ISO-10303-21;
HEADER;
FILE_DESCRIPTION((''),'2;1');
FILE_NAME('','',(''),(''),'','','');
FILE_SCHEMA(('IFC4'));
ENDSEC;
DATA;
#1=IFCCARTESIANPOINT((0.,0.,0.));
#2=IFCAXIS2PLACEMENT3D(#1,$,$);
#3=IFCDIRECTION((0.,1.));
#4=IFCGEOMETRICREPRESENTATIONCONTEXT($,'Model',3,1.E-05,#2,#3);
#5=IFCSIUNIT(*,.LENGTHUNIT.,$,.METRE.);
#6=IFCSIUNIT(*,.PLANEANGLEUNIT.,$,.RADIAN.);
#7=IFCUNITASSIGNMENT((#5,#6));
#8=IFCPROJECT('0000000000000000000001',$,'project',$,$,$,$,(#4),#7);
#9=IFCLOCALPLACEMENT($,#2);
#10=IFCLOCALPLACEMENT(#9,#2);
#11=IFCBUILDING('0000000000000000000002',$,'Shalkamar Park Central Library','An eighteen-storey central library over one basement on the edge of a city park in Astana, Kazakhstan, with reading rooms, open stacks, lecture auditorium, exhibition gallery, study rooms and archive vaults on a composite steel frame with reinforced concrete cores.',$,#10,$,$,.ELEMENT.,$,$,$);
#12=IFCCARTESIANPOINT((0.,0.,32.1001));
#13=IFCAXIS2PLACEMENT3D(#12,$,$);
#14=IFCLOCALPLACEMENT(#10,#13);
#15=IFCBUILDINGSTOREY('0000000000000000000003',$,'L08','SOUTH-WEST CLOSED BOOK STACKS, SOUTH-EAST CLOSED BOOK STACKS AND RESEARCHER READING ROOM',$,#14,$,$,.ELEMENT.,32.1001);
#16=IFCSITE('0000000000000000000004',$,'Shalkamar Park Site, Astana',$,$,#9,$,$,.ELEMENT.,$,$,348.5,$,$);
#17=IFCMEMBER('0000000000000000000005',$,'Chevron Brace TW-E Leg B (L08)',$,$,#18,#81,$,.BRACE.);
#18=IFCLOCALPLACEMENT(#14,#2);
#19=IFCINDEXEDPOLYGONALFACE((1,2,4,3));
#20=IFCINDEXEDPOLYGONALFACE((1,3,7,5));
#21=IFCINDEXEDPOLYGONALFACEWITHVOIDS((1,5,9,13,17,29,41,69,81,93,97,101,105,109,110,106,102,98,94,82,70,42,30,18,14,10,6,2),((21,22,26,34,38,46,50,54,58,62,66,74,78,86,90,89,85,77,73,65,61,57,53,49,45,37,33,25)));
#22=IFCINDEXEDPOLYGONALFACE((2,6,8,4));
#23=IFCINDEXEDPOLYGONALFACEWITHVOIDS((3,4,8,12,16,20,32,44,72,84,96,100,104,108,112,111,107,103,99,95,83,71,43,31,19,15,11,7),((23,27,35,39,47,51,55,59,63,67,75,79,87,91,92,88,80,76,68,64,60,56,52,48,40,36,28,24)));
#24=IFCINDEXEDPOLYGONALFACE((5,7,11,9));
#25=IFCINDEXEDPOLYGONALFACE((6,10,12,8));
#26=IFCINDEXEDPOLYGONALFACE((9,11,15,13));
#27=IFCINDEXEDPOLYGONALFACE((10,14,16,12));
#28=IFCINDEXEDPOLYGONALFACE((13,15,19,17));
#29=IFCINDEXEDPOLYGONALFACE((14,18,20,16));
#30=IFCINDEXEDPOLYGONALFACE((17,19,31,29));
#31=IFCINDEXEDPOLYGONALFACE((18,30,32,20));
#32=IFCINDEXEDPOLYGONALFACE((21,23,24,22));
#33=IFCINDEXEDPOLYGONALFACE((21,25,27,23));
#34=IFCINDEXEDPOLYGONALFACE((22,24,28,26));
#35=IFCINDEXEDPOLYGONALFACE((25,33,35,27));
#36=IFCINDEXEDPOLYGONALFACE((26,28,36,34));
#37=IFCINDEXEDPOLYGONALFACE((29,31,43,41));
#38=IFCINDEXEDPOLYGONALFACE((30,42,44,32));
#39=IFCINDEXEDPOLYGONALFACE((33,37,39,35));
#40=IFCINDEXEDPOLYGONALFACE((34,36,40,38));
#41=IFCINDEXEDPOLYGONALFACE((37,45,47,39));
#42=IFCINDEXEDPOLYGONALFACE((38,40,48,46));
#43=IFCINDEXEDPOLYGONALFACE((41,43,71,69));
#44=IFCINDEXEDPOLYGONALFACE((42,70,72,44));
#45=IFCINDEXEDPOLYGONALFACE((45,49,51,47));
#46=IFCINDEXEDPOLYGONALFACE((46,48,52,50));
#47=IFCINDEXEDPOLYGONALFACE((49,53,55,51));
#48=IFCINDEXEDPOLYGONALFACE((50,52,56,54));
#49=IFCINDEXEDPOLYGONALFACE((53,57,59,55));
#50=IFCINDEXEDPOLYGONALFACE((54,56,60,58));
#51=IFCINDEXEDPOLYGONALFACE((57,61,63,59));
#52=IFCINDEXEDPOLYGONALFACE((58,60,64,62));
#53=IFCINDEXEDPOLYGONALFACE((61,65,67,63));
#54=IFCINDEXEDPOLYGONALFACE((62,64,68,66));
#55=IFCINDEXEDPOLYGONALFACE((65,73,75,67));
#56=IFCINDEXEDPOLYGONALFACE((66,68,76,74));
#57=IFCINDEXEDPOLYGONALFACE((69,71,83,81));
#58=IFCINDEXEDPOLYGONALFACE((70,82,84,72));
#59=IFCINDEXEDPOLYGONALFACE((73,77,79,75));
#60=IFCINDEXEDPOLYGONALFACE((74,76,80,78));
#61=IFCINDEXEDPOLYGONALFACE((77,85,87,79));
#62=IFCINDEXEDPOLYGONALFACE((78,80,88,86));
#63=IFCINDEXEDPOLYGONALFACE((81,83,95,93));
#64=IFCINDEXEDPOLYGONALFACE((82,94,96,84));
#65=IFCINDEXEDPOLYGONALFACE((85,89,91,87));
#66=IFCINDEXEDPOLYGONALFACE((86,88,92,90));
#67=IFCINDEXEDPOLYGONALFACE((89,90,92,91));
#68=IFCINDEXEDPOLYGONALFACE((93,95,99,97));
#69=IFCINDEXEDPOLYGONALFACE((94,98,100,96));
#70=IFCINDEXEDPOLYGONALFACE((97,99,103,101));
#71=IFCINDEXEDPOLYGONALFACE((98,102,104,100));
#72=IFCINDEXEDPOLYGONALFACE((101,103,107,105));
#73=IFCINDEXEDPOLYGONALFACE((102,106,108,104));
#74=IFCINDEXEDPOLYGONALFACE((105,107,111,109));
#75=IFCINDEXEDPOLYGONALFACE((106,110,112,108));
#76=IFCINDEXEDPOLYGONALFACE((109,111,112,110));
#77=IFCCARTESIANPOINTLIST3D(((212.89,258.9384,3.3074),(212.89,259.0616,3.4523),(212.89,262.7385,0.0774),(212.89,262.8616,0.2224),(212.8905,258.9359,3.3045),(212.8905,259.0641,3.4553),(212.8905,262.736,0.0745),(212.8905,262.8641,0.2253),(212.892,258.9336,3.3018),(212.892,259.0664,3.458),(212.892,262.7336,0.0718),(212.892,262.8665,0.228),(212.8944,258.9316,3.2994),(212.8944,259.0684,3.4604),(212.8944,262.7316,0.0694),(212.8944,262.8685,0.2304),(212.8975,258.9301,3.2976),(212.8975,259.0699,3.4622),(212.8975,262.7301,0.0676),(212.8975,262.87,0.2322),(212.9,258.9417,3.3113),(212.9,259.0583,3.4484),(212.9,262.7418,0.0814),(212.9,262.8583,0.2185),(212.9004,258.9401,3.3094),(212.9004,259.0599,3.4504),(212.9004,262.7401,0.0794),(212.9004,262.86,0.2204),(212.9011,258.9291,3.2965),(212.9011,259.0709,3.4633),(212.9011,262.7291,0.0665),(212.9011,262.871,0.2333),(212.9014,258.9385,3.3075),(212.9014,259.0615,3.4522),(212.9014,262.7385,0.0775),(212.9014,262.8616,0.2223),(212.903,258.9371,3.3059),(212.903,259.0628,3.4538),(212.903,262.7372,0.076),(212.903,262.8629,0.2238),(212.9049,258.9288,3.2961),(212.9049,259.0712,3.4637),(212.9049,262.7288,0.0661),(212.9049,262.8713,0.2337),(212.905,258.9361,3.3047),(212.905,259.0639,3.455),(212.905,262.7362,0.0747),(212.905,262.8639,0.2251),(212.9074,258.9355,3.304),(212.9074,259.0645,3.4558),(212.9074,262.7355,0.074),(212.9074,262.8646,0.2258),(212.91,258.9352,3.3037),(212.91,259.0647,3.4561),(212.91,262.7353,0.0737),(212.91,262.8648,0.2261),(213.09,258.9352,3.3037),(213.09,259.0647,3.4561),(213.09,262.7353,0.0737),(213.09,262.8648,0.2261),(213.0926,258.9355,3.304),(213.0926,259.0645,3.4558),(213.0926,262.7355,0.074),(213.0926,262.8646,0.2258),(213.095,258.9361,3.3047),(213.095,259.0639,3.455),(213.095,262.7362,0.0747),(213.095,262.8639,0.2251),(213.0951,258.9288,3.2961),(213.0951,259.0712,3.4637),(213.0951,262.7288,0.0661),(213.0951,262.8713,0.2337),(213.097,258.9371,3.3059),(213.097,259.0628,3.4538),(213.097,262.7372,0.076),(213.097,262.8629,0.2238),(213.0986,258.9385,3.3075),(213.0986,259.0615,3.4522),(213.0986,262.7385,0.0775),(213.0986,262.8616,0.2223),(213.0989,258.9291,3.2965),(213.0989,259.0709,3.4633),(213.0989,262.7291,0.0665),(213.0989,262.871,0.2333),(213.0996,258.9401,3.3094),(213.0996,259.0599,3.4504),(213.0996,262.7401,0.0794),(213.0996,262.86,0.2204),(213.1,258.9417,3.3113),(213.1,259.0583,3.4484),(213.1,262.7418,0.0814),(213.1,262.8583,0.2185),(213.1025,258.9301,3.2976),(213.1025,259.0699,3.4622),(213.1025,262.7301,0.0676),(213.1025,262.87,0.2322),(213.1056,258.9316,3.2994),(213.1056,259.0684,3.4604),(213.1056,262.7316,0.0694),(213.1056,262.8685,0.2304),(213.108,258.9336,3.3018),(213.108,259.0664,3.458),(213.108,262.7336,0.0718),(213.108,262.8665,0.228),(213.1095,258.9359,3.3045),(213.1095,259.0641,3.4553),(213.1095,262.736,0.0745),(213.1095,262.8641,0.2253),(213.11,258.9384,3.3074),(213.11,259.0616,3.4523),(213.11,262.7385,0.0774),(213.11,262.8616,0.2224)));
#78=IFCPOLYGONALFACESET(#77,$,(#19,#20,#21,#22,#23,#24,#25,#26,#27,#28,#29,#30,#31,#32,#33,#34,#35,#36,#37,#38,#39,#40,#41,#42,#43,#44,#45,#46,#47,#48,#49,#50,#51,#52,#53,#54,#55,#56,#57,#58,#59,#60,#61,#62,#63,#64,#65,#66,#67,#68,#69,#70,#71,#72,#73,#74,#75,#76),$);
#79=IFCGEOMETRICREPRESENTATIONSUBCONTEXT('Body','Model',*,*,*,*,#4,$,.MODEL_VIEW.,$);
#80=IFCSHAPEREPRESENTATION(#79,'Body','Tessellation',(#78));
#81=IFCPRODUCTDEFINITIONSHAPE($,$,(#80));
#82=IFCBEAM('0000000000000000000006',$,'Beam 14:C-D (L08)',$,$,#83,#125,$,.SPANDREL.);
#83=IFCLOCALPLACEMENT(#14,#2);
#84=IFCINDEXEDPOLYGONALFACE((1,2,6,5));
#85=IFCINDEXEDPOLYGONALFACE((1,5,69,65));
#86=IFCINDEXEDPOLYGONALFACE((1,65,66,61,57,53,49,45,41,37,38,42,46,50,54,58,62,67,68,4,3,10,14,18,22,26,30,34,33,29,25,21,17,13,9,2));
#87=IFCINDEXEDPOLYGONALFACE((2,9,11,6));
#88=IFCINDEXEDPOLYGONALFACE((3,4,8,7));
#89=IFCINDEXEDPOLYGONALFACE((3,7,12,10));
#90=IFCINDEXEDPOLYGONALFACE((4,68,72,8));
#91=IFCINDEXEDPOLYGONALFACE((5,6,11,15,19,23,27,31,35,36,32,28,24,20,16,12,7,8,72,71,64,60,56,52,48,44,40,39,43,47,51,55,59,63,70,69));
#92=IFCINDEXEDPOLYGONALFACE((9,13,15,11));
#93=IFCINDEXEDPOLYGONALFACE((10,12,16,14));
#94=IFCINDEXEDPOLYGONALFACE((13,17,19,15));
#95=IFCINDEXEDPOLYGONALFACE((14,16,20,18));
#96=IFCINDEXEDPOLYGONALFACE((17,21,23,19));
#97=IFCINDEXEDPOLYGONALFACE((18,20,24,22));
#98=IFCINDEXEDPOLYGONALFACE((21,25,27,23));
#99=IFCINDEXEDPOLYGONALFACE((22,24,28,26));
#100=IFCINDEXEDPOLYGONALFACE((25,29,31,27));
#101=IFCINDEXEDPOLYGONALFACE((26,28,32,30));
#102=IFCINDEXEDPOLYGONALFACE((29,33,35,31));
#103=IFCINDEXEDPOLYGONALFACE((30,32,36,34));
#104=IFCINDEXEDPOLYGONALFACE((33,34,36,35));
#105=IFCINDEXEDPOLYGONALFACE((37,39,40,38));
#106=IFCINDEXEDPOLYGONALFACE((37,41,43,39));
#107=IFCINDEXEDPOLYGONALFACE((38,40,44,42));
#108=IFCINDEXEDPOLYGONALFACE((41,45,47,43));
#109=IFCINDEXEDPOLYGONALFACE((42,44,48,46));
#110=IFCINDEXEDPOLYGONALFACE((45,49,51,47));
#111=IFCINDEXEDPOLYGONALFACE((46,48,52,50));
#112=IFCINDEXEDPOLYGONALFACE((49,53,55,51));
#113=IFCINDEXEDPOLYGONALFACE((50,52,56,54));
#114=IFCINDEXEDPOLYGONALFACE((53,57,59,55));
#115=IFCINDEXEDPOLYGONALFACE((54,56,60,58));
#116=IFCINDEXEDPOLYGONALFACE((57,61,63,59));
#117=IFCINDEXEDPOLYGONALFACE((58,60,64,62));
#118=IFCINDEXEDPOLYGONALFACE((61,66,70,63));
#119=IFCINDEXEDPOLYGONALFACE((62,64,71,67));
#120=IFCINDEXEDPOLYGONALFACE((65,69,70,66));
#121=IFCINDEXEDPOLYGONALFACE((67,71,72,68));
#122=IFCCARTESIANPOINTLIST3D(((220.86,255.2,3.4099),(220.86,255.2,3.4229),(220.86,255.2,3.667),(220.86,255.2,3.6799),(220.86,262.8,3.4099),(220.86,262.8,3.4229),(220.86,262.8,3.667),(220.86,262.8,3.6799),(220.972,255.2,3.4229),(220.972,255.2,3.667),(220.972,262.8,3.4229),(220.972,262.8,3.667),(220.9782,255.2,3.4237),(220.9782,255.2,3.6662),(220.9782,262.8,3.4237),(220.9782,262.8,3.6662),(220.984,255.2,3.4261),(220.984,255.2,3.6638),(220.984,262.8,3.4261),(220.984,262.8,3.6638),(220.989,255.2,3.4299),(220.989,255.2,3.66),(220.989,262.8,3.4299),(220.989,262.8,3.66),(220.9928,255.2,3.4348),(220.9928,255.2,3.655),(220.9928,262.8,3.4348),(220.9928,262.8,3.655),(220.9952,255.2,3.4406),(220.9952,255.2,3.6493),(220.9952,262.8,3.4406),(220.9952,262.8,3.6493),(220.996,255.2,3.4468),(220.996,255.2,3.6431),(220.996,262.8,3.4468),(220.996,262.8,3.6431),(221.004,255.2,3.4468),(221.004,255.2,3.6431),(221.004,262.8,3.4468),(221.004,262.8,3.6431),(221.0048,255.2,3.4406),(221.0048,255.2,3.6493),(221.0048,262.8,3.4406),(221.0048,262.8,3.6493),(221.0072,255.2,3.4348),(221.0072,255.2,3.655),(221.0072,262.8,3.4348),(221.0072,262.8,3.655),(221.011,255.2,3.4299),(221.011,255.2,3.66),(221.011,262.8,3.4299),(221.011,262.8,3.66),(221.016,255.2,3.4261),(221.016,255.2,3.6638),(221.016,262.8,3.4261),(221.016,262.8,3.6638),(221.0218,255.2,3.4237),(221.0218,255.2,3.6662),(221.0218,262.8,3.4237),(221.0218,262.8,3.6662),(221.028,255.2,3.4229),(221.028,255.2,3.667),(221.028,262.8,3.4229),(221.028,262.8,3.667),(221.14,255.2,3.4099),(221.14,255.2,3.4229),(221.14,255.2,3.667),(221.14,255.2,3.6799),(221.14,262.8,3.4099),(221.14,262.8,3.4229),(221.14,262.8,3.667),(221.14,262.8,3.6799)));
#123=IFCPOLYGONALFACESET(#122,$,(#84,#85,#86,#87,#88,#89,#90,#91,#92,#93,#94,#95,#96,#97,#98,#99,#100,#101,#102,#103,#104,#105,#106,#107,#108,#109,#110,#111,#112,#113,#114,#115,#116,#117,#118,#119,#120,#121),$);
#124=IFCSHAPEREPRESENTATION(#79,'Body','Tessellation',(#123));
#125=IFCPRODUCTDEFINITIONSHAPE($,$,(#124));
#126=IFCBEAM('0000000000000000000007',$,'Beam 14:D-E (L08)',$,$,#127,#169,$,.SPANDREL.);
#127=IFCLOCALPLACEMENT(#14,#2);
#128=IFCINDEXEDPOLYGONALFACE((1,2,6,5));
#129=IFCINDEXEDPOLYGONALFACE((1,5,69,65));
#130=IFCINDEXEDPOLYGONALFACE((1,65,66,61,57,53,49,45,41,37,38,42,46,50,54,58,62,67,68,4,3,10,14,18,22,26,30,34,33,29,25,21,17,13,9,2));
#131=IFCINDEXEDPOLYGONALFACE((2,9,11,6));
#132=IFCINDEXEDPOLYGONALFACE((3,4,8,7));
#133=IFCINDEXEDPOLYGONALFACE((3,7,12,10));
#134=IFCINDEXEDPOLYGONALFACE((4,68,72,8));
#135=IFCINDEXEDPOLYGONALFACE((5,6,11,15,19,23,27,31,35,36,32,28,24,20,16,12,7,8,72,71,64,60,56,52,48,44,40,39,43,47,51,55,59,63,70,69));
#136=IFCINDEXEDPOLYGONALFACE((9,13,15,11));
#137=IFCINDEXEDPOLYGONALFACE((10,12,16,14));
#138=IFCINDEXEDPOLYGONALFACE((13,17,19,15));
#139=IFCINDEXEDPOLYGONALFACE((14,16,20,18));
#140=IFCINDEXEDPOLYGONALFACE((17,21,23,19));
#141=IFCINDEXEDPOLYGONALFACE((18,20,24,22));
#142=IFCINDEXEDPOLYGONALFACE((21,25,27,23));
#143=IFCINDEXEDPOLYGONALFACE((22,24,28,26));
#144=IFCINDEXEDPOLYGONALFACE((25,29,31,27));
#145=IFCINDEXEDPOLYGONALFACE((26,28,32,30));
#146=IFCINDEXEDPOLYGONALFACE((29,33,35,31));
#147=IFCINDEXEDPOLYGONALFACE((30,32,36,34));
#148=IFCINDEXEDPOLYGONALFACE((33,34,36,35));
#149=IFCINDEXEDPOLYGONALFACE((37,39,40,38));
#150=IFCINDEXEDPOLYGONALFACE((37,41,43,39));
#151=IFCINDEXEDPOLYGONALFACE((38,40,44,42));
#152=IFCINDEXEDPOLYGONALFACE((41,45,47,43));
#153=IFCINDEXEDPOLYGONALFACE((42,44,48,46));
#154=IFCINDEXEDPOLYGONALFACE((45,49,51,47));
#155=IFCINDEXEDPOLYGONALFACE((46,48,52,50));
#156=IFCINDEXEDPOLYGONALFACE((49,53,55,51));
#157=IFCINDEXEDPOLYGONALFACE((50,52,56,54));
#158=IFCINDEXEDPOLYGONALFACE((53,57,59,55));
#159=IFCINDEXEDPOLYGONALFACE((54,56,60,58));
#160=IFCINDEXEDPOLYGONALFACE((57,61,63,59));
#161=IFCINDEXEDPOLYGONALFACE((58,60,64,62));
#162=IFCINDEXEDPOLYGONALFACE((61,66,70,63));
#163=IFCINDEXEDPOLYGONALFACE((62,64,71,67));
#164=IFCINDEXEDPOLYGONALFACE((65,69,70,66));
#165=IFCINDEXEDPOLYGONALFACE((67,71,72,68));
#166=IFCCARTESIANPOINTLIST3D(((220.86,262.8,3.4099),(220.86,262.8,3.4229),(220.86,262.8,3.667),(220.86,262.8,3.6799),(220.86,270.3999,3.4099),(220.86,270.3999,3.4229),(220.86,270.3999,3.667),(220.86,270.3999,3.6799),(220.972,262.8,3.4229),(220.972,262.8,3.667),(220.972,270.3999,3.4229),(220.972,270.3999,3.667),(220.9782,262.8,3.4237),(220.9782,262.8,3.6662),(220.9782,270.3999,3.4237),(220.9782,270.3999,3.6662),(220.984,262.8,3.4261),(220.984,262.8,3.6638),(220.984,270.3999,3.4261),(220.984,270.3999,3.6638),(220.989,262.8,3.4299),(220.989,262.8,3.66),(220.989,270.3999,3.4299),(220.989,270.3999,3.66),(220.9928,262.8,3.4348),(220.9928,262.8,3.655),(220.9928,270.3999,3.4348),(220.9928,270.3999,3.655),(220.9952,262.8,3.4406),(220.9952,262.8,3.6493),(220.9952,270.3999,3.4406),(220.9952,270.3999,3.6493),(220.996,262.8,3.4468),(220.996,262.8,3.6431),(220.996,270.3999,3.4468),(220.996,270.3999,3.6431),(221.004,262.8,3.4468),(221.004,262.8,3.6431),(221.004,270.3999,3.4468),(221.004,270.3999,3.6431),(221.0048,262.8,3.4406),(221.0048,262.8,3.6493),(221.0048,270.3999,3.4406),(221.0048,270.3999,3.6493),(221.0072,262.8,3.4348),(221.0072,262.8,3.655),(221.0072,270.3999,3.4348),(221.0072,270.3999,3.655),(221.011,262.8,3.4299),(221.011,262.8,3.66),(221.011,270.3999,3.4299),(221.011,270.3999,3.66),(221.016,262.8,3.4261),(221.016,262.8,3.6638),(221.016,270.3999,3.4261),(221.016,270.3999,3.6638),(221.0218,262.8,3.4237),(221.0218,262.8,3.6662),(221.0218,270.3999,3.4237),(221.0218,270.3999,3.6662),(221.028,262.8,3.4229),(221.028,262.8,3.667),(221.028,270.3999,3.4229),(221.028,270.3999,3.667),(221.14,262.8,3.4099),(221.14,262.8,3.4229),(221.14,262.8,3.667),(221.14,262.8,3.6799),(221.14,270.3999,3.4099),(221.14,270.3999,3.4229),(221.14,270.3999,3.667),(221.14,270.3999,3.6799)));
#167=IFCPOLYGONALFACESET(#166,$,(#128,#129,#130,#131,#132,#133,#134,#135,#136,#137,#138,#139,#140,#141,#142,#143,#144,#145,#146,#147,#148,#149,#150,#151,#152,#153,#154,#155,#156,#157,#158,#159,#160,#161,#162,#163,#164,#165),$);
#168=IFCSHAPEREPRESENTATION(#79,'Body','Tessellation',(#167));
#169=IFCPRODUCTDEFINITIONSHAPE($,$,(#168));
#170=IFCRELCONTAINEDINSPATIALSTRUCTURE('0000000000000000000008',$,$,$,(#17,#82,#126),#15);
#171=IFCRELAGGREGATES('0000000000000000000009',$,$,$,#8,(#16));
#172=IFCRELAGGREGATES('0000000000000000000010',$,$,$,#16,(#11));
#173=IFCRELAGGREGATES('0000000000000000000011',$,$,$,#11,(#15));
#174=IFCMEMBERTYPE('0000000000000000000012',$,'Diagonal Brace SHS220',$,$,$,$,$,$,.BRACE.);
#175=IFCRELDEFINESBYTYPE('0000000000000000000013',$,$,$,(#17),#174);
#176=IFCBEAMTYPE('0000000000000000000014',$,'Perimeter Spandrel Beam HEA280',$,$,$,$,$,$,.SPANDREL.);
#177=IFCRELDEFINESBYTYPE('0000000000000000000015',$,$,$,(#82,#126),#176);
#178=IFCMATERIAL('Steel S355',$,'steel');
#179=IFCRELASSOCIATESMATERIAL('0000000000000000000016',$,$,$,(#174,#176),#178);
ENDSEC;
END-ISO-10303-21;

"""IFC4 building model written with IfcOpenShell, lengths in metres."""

from ifc_helpers import new_model, si_unit, direction, frame, origin, origin_2d, place, context, subcontext, project, spatial, hollow_rectangle, i_section, extrude, material, material_profile, profile_set, type_object, element, save


model = new_model("IFC4")

# Units and contexts
model_context = context("Model", 3, precision=1e-05, world=origin(), true_north=direction((0.0, 1.0)))
body_context = subcontext(model_context, "Body", "Model", "MODEL_VIEW")
ifc_project = project(units=[si_unit("LENGTHUNIT", "METRE"), si_unit("PLANEANGLEUNIT", "RADIAN")], contexts=[model_context])

# Site, building, storey
site_placement = place(None, origin())
site = spatial("IfcSite", under=ifc_project, at=site_placement, Name="Shalkamar Park Site, Astana", CompositionType="ELEMENT", RefElevation=348.5)
building_placement = place(site_placement, origin())
building = spatial("IfcBuilding", under=site, at=building_placement, Name="Shalkamar Park Central Library", Description="An eighteen-storey central library over one basement on the edge of a city park in Astana, Kazakhstan, with reading rooms, open stacks, lecture auditorium, exhibition gallery, study rooms and archive vaults on a composite steel frame with reinforced concrete cores.", CompositionType="ELEMENT")
storey_placement = place(building_placement, frame((0.0, 0.0, 32.1001)))
storey = spatial("IfcBuildingStorey", under=building, at=storey_placement, Name="L08", Description="SOUTH-WEST CLOSED BOOK STACKS, SOUTH-EAST CLOSED BOOK STACKS AND RESEARCHER READING ROOM", CompositionType="ELEMENT", Elevation=32.1001)

# Shared definitions
ifc_material_1 = material(Name="Steel S355", Category="steel")

# Member
ifc_material_profile_1 = material_profile(ifc_material_1, hollow_rectangle(XDim=0.22, YDim=0.22, WallThickness=0.01, InnerFilletRadius=0.01, OuterFilletRadius=0.0149, at=origin_2d()), Name="SHS 220x220x10")
ifc_profile_set_1 = profile_set([ifc_material_profile_1], Name="Steel S355")
member_type = type_object("IfcMemberType", Name="Diagonal Brace SHS220", PredefinedType="BRACE", material=ifc_profile_set_1)
for number, where, z_axis, x_axis, name in (
    (1, (213.0, 262.8, 0.1499), (0.0, -0.761945, 0.647641), (1.0, 0.0, 0.0), "Chevron Brace TW-E Leg B (L08)"),
):
    element("IfcMember", number, at=place(storey_placement, frame(where, z_axis=z_axis, x_axis=x_axis)), inside=storey, type_object=member_type, Name=name, PredefinedType="BRACE", context=body_context, shape_type="SweptSolid", body=[
        extrude(hollow_rectangle(XDim=0.22, YDim=0.22, WallThickness=0.01, InnerFilletRadius=0.01, OuterFilletRadius=0.0149, at=origin_2d()), origin(), (0.0, 0.0, 1.0), 4.9873),
    ])

# Beams
ifc_material_profile_2 = material_profile(ifc_material_1, i_section(OverallWidth=0.28, OverallDepth=0.27, WebThickness=0.0081, FlangeThickness=0.0129, FilletRadius=0.0239, at=origin_2d()), Name="HEA 280")
ifc_profile_set_2 = profile_set([ifc_material_profile_2], Name="Steel S355")
beam_type_1 = type_object("IfcBeamType", Name="Perimeter Spandrel Beam HEA280", PredefinedType="SPANDREL", material=ifc_profile_set_2)
beam_1_placement = place(storey_placement, frame((221.0, 255.2, 3.5449), z_axis=(0.0, 1.0, 0.0), x_axis=(-1.0, 0.0, 0.0)))
element("IfcBeam", 2, at=beam_1_placement, inside=storey, type_object=beam_type_1, Name="Beam 14:C-D (L08)", PredefinedType="SPANDREL", context=body_context, shape_type="SweptSolid", body=[
    extrude(i_section(OverallWidth=0.28, OverallDepth=0.27, WebThickness=0.0081, FlangeThickness=0.0129, FilletRadius=0.0239, at=origin_2d()), origin(), (0.0, 0.0, 1.0), 7.6001),
])
beam_2_placement = place(storey_placement, frame((221.0, 262.8, 3.5449), z_axis=(0.0, 1.0, 0.0), x_axis=(-1.0, 0.0, 0.0)))
element("IfcBeam", 3, at=beam_2_placement, inside=storey, type_object=beam_type_1, Name="Beam 14:D-E (L08)", PredefinedType="SPANDREL", context=body_context, shape_type="SweptSolid", body=[
    extrude(i_section(OverallWidth=0.28, OverallDepth=0.27, WebThickness=0.0081, FlangeThickness=0.0129, FilletRadius=0.0239, at=origin_2d()), origin(), (0.0, 0.0, 1.0), 7.5999),
])

save(model, "model.ifc")
